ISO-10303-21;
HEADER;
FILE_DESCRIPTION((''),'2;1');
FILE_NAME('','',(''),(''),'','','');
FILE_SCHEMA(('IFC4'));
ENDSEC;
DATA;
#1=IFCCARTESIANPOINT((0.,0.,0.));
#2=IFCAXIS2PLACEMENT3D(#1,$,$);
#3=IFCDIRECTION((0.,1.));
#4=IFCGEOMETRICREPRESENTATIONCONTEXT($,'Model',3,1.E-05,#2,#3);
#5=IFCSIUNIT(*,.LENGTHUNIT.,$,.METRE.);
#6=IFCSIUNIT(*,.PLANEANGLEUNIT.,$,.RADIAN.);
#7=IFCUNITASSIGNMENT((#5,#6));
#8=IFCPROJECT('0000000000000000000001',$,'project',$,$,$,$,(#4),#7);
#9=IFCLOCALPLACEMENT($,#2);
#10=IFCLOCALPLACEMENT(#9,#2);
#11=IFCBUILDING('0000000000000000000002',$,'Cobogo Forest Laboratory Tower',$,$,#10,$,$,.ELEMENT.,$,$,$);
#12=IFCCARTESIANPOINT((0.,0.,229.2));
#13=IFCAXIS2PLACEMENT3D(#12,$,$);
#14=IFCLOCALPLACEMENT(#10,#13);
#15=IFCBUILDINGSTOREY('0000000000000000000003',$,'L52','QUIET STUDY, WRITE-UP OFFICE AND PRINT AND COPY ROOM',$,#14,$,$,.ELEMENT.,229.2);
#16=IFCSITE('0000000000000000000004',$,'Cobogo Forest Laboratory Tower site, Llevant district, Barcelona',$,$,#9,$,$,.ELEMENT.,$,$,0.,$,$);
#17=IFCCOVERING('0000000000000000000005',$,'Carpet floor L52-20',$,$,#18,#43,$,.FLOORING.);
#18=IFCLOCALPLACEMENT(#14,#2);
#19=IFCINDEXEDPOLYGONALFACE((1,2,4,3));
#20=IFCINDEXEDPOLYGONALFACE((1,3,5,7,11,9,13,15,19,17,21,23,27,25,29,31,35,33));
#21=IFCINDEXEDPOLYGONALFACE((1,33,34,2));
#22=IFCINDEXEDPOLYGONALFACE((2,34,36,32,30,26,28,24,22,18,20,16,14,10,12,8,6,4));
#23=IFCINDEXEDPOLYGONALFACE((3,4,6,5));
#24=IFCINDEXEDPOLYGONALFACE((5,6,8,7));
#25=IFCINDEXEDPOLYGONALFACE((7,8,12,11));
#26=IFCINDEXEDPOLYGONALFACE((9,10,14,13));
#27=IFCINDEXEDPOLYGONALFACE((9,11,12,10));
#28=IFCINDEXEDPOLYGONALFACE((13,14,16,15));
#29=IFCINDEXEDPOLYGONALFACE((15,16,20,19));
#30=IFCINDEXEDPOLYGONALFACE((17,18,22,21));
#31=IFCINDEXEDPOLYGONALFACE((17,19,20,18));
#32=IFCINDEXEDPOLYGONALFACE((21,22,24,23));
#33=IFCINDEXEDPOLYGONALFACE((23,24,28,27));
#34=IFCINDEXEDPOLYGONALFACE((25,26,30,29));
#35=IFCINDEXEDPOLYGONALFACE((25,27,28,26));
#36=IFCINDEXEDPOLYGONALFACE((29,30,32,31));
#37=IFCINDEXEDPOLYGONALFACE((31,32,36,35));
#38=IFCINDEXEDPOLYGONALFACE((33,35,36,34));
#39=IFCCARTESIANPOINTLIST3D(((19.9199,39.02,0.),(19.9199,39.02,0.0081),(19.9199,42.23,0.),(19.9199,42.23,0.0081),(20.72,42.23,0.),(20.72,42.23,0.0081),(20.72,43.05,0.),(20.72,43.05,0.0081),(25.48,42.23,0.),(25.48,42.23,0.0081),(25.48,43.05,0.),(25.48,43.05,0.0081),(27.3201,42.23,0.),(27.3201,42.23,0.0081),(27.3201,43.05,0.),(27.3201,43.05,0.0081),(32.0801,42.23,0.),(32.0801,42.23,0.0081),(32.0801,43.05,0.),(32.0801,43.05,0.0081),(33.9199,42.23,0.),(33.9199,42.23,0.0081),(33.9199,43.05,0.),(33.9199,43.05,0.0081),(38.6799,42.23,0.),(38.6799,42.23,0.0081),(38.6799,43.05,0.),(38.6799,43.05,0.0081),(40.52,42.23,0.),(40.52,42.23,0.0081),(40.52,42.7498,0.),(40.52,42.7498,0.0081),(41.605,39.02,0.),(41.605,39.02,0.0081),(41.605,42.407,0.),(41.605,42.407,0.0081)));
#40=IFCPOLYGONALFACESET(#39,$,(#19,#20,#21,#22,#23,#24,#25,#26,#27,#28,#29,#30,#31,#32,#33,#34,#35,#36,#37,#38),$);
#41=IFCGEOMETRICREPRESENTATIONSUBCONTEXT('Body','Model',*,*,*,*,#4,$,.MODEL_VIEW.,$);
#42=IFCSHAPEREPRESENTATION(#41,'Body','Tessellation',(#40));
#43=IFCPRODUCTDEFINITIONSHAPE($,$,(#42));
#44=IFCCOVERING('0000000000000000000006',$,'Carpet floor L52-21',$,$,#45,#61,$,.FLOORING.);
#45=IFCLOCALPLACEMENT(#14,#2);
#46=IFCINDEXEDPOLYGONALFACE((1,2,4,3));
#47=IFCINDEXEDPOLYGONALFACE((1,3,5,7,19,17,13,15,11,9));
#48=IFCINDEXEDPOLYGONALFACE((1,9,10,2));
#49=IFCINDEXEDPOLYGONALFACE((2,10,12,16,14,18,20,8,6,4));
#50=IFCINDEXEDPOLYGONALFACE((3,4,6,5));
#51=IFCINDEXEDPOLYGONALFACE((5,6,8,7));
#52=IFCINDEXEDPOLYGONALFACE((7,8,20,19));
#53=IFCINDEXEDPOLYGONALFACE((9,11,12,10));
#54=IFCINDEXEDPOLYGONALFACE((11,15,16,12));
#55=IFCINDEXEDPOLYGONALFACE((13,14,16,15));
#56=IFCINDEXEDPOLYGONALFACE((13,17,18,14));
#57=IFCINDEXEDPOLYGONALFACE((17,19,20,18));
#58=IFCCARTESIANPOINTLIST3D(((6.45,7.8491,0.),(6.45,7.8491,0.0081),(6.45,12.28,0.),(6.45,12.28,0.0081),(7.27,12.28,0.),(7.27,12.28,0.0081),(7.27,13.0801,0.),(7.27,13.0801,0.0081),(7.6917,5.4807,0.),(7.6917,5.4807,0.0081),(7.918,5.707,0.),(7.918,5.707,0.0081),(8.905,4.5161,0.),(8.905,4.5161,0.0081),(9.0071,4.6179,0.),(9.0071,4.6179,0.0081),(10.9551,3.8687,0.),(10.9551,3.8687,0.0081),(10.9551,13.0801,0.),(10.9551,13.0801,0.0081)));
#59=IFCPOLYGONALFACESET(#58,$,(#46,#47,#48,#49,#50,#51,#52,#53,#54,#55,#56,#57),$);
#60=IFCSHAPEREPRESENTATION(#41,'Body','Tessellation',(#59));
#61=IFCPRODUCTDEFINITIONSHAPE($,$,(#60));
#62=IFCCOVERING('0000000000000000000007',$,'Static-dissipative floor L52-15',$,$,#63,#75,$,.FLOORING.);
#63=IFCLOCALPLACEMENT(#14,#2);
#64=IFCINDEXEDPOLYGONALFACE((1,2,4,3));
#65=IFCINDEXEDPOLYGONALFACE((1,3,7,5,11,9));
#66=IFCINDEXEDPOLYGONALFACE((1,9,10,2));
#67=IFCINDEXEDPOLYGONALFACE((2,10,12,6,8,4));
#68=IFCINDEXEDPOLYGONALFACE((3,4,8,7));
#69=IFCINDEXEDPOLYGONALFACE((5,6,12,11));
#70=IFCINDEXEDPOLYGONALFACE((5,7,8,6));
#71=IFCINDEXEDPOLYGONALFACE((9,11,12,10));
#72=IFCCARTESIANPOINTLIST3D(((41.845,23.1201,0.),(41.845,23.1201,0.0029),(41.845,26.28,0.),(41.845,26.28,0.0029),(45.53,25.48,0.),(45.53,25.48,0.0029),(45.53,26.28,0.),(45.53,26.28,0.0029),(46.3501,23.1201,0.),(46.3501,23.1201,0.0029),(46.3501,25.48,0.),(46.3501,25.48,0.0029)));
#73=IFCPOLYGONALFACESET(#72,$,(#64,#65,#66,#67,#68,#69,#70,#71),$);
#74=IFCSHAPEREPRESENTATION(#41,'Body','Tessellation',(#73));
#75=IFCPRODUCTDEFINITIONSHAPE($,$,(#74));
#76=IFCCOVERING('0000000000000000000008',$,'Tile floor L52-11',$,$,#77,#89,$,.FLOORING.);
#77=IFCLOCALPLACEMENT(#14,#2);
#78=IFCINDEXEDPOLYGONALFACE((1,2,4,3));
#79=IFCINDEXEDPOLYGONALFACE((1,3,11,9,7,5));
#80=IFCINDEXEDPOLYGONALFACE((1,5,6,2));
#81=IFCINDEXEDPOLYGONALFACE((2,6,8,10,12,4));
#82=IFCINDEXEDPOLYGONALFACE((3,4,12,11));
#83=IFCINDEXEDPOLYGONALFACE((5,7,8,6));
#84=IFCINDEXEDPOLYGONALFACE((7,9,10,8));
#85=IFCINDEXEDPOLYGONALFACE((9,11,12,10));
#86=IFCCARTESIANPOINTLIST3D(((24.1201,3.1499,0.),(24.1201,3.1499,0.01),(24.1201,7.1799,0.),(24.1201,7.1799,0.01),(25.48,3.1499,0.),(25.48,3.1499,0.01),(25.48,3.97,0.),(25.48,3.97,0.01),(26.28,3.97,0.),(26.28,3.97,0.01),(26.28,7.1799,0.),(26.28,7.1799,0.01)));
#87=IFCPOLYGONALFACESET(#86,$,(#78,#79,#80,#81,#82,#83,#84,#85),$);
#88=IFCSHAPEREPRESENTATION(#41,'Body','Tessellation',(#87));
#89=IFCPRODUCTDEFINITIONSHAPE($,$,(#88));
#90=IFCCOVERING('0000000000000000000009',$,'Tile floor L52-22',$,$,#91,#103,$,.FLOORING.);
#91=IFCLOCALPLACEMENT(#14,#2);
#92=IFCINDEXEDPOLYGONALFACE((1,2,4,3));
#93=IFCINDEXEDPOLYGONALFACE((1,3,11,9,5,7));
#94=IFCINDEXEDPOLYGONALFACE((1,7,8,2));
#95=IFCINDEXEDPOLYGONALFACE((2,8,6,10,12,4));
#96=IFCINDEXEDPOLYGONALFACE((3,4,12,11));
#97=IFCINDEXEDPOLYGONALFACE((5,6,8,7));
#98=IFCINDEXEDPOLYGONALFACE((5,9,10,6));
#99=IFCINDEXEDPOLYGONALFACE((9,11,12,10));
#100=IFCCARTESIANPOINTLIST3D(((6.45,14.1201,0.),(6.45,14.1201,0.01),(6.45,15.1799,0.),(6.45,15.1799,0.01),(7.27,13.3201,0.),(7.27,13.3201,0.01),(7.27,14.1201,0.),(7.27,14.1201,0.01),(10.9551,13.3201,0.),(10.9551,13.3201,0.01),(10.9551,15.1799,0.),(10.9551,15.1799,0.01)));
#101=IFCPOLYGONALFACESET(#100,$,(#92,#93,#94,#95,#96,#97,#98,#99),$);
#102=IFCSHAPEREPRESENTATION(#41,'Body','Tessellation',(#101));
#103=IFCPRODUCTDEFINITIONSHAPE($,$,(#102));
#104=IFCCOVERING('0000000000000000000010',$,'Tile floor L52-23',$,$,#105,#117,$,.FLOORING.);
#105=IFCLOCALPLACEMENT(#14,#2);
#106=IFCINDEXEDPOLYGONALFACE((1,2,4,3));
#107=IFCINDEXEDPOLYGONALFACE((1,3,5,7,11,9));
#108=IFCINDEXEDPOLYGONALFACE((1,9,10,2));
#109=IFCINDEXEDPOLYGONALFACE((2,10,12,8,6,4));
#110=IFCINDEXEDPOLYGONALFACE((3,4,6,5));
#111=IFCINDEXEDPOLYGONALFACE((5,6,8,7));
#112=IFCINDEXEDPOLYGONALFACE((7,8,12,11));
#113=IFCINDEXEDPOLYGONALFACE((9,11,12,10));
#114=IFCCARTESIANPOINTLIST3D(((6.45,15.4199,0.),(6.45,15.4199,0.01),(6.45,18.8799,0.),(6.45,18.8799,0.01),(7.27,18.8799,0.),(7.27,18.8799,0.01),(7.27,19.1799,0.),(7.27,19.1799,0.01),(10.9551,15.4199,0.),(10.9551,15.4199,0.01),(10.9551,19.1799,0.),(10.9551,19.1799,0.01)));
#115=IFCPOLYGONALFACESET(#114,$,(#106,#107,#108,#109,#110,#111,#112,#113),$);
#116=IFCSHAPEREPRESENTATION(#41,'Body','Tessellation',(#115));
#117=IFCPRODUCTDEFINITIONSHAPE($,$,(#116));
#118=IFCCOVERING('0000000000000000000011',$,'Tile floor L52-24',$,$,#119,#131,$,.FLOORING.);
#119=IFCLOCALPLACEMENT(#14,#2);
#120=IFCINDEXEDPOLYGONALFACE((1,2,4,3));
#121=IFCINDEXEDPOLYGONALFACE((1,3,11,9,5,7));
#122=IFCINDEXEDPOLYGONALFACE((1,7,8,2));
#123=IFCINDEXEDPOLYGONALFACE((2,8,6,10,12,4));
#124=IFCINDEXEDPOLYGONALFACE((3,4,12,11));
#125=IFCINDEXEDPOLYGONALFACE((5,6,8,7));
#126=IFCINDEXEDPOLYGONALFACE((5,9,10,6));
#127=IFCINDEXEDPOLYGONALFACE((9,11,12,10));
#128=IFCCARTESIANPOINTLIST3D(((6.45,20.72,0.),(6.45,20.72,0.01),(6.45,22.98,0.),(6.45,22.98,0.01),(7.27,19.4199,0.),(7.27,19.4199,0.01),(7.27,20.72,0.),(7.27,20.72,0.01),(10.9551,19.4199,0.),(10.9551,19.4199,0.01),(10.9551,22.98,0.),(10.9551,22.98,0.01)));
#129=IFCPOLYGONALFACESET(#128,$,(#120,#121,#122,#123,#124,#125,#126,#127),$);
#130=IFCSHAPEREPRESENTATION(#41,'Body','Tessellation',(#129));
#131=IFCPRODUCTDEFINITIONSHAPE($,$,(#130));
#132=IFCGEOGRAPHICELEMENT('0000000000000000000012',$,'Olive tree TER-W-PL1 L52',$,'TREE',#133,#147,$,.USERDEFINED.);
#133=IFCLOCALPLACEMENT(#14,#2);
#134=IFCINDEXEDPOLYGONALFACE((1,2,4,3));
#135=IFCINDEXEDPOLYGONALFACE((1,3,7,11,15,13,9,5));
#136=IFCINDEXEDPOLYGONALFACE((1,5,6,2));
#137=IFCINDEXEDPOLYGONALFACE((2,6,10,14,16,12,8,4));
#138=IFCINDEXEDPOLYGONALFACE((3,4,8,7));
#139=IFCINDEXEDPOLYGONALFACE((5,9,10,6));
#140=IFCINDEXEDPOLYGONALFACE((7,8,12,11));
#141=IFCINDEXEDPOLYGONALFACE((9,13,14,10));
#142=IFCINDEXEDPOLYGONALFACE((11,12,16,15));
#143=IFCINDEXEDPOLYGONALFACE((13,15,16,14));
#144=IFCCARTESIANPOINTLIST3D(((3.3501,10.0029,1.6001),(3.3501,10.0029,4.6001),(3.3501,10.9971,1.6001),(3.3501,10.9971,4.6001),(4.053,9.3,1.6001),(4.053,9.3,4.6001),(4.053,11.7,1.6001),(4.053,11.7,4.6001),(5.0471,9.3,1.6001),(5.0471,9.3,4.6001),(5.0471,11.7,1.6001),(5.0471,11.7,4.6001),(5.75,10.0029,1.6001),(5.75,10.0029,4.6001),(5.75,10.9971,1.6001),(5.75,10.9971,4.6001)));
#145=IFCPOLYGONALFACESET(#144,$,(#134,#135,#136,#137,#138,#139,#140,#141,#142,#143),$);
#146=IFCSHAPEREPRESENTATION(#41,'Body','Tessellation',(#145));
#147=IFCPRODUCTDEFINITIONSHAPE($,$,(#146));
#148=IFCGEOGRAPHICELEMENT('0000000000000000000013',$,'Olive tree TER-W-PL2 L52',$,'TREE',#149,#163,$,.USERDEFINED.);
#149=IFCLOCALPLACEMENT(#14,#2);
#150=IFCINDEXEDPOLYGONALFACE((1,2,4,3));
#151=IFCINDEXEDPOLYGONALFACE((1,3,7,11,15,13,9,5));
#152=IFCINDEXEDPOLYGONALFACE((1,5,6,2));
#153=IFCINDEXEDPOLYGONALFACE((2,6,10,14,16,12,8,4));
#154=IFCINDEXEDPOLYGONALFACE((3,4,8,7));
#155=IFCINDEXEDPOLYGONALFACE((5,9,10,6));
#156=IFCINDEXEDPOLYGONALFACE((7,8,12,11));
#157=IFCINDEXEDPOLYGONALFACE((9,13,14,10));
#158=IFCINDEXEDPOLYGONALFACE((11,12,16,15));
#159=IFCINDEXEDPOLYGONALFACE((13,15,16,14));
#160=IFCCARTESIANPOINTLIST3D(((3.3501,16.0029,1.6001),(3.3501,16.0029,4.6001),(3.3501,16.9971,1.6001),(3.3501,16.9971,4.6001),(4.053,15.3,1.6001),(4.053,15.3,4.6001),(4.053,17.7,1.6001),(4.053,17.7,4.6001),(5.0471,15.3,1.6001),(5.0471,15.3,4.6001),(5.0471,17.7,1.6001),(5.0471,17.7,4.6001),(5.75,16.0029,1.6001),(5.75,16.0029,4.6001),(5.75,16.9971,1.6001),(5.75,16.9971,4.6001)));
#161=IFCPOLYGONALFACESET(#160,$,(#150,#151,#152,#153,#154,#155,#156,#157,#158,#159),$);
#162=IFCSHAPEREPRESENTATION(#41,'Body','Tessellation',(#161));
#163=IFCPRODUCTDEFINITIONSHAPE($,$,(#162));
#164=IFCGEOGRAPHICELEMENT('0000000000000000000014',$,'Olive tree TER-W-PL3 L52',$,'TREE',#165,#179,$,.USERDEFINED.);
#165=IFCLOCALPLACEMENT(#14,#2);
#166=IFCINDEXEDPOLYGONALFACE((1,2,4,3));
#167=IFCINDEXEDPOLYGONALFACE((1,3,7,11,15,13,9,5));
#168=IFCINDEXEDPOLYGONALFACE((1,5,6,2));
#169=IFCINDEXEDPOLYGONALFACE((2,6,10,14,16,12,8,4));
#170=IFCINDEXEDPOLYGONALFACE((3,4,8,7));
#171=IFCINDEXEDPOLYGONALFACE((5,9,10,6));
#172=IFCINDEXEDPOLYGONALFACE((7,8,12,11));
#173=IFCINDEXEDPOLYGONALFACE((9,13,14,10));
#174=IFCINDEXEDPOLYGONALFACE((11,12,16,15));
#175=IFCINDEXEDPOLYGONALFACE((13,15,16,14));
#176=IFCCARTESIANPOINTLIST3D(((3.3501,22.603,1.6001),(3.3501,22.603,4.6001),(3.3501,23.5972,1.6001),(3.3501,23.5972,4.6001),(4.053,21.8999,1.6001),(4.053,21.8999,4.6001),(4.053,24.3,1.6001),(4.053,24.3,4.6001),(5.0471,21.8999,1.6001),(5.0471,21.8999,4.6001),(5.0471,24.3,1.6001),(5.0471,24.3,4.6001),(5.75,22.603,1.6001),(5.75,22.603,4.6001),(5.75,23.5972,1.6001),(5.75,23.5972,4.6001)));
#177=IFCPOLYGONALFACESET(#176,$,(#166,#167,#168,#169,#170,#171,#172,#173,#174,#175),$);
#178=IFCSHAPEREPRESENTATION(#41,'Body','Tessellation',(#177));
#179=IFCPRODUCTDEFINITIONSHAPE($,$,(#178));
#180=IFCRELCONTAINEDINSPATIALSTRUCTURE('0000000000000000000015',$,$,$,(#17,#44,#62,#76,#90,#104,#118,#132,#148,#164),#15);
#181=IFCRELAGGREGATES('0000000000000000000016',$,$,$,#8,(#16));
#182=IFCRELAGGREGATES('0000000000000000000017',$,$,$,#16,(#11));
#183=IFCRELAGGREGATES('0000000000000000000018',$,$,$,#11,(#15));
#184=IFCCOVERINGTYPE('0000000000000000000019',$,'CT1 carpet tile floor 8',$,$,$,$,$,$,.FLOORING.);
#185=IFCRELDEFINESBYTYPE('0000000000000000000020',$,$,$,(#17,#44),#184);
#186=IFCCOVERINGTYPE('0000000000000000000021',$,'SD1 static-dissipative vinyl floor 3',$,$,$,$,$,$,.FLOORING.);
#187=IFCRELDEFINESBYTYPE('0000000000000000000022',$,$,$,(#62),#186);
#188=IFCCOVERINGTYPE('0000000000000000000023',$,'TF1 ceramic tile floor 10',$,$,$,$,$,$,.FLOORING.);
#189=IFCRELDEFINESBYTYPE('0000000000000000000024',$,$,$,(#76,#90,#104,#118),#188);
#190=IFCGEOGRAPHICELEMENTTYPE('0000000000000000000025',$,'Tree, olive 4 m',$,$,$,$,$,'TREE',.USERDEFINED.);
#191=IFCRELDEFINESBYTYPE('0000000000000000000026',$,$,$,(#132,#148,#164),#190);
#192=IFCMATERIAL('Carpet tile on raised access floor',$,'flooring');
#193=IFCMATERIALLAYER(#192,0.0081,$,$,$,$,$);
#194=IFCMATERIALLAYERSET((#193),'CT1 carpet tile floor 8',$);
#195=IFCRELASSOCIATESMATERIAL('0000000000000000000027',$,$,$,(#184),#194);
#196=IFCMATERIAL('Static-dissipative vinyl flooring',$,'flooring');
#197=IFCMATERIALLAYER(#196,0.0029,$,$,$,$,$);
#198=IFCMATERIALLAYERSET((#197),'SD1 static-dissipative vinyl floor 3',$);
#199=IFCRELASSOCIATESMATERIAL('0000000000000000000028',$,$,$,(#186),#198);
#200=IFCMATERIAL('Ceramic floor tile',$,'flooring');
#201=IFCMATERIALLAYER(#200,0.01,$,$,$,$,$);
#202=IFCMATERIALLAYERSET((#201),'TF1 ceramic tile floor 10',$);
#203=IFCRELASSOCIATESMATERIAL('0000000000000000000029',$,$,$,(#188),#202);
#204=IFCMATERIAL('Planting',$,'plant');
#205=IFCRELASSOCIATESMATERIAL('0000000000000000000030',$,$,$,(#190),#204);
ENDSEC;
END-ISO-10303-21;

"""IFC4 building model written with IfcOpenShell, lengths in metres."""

from ifc_helpers import new_model, si_unit, direction, frame, origin, place, context, subcontext, project, spatial, polyline, outline, extrude, material, layer, layer_set, type_object, element, save


model = new_model("IFC4")

# Units and contexts
model_context = context("Model", 3, precision=1e-05, world=origin(), true_north=direction((0.0, 1.0)))
body_context = subcontext(model_context, "Body", "Model", "MODEL_VIEW")
ifc_project = project(units=[si_unit("LENGTHUNIT", "METRE"), si_unit("PLANEANGLEUNIT", "RADIAN")], contexts=[model_context])

# Site, building, storey
site_placement = place(None, origin())
site = spatial("IfcSite", under=ifc_project, at=site_placement, Name="Cobogo Forest Laboratory Tower site, Llevant district, Barcelona", CompositionType="ELEMENT", RefElevation=0.0)
building_placement = place(site_placement, origin())
building = spatial("IfcBuilding", under=site, at=building_placement, Name="Cobogo Forest Laboratory Tower", CompositionType="ELEMENT")
storey_placement = place(building_placement, frame((0.0, 0.0, 229.2)))
storey = spatial("IfcBuildingStorey", under=building, at=storey_placement, Name="L52", Description="QUIET STUDY, WRITE-UP OFFICE AND PRINT AND COPY ROOM", CompositionType="ELEMENT", Elevation=229.2)

# Coverings
ifc_material_1 = material(Name="Carpet tile on raised access floor", Category="flooring")
ifc_layer_1 = layer(ifc_material_1, 0.0081)
ifc_layer_set_1 = layer_set([ifc_layer_1], Name="CT1 carpet tile floor 8")
covering_type_1 = type_object("IfcCoveringType", Name="CT1 carpet tile floor 8", PredefinedType="FLOORING", material=ifc_layer_set_1)
covering_1_placement = place(storey_placement, origin())
element("IfcCovering", 1, at=covering_1_placement, inside=storey, type_object=covering_type_1, Name="Carpet floor L52-20", PredefinedType="FLOORING", context=body_context, shape_type="SweptSolid", body=[
    extrude(outline(polyline([(19.9199, 39.02), (19.9199, 42.23), (20.72, 42.23), (20.72, 43.05), (25.48, 43.05), (25.48, 42.23), (27.3201, 42.23), (27.3201, 43.05), (32.0801, 43.05), (32.0801, 42.23), (33.9199, 42.23), (33.9199, 43.05), (38.6799, 43.05), (38.6799, 42.23), (40.52, 42.23), (40.52, 42.7498), (41.605, 42.407), (41.605, 39.02), (19.9199, 39.02)])), origin(), (0.0, 0.0, 1.0), 0.0081),
])
covering_2_placement = place(storey_placement, origin())
element("IfcCovering", 2, at=covering_2_placement, inside=storey, type_object=covering_type_1, Name="Carpet floor L52-21", PredefinedType="FLOORING", context=body_context, shape_type="SweptSolid", body=[
    extrude(outline(polyline([(10.9551, 3.8687), (8.905, 4.5161), (9.0071, 4.6179), (7.918, 5.707), (7.6917, 5.4807), (6.45, 7.8491), (6.45, 12.28), (7.27, 12.28), (7.27, 13.0801), (10.9551, 13.0801), (10.9551, 3.8687)])), origin(), (0.0, 0.0, 1.0), 0.0081),
])
ifc_material_2 = material(Name="Static-dissipative vinyl flooring", Category="flooring")
ifc_layer_2 = layer(ifc_material_2, 0.0029)
ifc_layer_set_2 = layer_set([ifc_layer_2], Name="SD1 static-dissipative vinyl floor 3")
covering_type_2 = type_object("IfcCoveringType", Name="SD1 static-dissipative vinyl floor 3", PredefinedType="FLOORING", material=ifc_layer_set_2)
covering_3_placement = place(storey_placement, origin())
element("IfcCovering", 3, at=covering_3_placement, inside=storey, type_object=covering_type_2, Name="Static-dissipative floor L52-15", PredefinedType="FLOORING", context=body_context, shape_type="SweptSolid", body=[
    extrude(outline(polyline([(41.845, 26.28), (45.53, 26.28), (45.53, 25.48), (46.3501, 25.48), (46.3501, 23.1201), (41.845, 23.1201), (41.845, 26.28)])), origin(), (0.0, 0.0, 1.0), 0.0029),
])
ifc_material_3 = material(Name="Ceramic floor tile", Category="flooring")
ifc_layer_3 = layer(ifc_material_3, 0.01)
ifc_layer_set_3 = layer_set([ifc_layer_3], Name="TF1 ceramic tile floor 10")
covering_type_3 = type_object("IfcCoveringType", Name="TF1 ceramic tile floor 10", PredefinedType="FLOORING", material=ifc_layer_set_3)
covering_4_placement = place(storey_placement, origin())
element("IfcCovering", 4, at=covering_4_placement, inside=storey, type_object=covering_type_3, Name="Tile floor L52-11", PredefinedType="FLOORING", context=body_context, shape_type="SweptSolid", body=[
    extrude(outline(polyline([(26.28, 7.1799), (26.28, 3.97), (25.48, 3.97), (25.48, 3.1499), (24.1201, 3.1499), (24.1201, 7.1799), (26.28, 7.1799)])), origin(), (0.0, 0.0, 1.0), 0.01),
])
covering_5_placement = place(storey_placement, origin())
element("IfcCovering", 5, at=covering_5_placement, inside=storey, type_object=covering_type_3, Name="Tile floor L52-22", PredefinedType="FLOORING", context=body_context, shape_type="SweptSolid", body=[
    extrude(outline(polyline([(10.9551, 13.3201), (7.27, 13.3201), (7.27, 14.1201), (6.45, 14.1201), (6.45, 15.1799), (10.9551, 15.1799), (10.9551, 13.3201)])), origin(), (0.0, 0.0, 1.0), 0.01),
])
covering_6_placement = place(storey_placement, origin())
element("IfcCovering", 6, at=covering_6_placement, inside=storey, type_object=covering_type_3, Name="Tile floor L52-23", PredefinedType="FLOORING", context=body_context, shape_type="SweptSolid", body=[
    extrude(outline(polyline([(10.9551, 15.4199), (6.45, 15.4199), (6.45, 18.8799), (7.27, 18.8799), (7.27, 19.1799), (10.9551, 19.1799), (10.9551, 15.4199)])), origin(), (0.0, 0.0, 1.0), 0.01),
])
covering_7_placement = place(storey_placement, origin())
element("IfcCovering", 7, at=covering_7_placement, inside=storey, type_object=covering_type_3, Name="Tile floor L52-24", PredefinedType="FLOORING", context=body_context, shape_type="SweptSolid", body=[
    extrude(outline(polyline([(10.9551, 19.4199), (7.27, 19.4199), (7.27, 20.72), (6.45, 20.72), (6.45, 22.98), (10.9551, 22.98), (10.9551, 19.4199)])), origin(), (0.0, 0.0, 1.0), 0.01),
])

# Geographic elements
ifc_material_4 = material(Name="Planting", Category="plant")
geographic_element_type = type_object("IfcGeographicElementType", Name="Tree, olive 4 m", ElementType="TREE", PredefinedType="USERDEFINED", material=ifc_material_4)
geographic_element_1_placement = place(storey_placement, frame((0.0, 0.0, 1.6001)))
element("IfcGeographicElement", 8, at=geographic_element_1_placement, inside=storey, type_object=geographic_element_type, Name="Olive tree TER-W-PL1 L52", ObjectType="TREE", PredefinedType="USERDEFINED", context=body_context, shape_type="SweptSolid", body=[
    extrude(outline(polyline([(5.75, 10.0029), (5.75, 10.9971), (5.0471, 11.7), (4.053, 11.7), (3.3501, 10.9971), (3.3501, 10.0029), (4.053, 9.3), (5.0471, 9.3), (5.75, 10.0029)])), origin(), (0.0, 0.0, 1.0), 3.0),
])
geographic_element_2_placement = place(storey_placement, frame((0.0, 0.0, 1.6001)))
element("IfcGeographicElement", 9, at=geographic_element_2_placement, inside=storey, type_object=geographic_element_type, Name="Olive tree TER-W-PL2 L52", ObjectType="TREE", PredefinedType="USERDEFINED", context=body_context, shape_type="SweptSolid", body=[
    extrude(outline(polyline([(5.75, 16.0029), (5.75, 16.9971), (5.0471, 17.7), (4.053, 17.7), (3.3501, 16.9971), (3.3501, 16.0029), (4.053, 15.3), (5.0471, 15.3), (5.75, 16.0029)])), origin(), (0.0, 0.0, 1.0), 3.0),
])
geographic_element_3_placement = place(storey_placement, frame((0.0, 0.0, 1.6001)))
element("IfcGeographicElement", 10, at=geographic_element_3_placement, inside=storey, type_object=geographic_element_type, Name="Olive tree TER-W-PL3 L52", ObjectType="TREE", PredefinedType="USERDEFINED", context=body_context, shape_type="SweptSolid", body=[
    extrude(outline(polyline([(5.75, 22.603), (5.75, 23.5972), (5.0471, 24.3), (4.053, 24.3), (3.3501, 23.5972), (3.3501, 22.603), (4.053, 21.8999), (5.0471, 21.8999), (5.75, 22.603)])), origin(), (0.0, 0.0, 1.0), 3.0),
])

save(model, "model.ifc")
